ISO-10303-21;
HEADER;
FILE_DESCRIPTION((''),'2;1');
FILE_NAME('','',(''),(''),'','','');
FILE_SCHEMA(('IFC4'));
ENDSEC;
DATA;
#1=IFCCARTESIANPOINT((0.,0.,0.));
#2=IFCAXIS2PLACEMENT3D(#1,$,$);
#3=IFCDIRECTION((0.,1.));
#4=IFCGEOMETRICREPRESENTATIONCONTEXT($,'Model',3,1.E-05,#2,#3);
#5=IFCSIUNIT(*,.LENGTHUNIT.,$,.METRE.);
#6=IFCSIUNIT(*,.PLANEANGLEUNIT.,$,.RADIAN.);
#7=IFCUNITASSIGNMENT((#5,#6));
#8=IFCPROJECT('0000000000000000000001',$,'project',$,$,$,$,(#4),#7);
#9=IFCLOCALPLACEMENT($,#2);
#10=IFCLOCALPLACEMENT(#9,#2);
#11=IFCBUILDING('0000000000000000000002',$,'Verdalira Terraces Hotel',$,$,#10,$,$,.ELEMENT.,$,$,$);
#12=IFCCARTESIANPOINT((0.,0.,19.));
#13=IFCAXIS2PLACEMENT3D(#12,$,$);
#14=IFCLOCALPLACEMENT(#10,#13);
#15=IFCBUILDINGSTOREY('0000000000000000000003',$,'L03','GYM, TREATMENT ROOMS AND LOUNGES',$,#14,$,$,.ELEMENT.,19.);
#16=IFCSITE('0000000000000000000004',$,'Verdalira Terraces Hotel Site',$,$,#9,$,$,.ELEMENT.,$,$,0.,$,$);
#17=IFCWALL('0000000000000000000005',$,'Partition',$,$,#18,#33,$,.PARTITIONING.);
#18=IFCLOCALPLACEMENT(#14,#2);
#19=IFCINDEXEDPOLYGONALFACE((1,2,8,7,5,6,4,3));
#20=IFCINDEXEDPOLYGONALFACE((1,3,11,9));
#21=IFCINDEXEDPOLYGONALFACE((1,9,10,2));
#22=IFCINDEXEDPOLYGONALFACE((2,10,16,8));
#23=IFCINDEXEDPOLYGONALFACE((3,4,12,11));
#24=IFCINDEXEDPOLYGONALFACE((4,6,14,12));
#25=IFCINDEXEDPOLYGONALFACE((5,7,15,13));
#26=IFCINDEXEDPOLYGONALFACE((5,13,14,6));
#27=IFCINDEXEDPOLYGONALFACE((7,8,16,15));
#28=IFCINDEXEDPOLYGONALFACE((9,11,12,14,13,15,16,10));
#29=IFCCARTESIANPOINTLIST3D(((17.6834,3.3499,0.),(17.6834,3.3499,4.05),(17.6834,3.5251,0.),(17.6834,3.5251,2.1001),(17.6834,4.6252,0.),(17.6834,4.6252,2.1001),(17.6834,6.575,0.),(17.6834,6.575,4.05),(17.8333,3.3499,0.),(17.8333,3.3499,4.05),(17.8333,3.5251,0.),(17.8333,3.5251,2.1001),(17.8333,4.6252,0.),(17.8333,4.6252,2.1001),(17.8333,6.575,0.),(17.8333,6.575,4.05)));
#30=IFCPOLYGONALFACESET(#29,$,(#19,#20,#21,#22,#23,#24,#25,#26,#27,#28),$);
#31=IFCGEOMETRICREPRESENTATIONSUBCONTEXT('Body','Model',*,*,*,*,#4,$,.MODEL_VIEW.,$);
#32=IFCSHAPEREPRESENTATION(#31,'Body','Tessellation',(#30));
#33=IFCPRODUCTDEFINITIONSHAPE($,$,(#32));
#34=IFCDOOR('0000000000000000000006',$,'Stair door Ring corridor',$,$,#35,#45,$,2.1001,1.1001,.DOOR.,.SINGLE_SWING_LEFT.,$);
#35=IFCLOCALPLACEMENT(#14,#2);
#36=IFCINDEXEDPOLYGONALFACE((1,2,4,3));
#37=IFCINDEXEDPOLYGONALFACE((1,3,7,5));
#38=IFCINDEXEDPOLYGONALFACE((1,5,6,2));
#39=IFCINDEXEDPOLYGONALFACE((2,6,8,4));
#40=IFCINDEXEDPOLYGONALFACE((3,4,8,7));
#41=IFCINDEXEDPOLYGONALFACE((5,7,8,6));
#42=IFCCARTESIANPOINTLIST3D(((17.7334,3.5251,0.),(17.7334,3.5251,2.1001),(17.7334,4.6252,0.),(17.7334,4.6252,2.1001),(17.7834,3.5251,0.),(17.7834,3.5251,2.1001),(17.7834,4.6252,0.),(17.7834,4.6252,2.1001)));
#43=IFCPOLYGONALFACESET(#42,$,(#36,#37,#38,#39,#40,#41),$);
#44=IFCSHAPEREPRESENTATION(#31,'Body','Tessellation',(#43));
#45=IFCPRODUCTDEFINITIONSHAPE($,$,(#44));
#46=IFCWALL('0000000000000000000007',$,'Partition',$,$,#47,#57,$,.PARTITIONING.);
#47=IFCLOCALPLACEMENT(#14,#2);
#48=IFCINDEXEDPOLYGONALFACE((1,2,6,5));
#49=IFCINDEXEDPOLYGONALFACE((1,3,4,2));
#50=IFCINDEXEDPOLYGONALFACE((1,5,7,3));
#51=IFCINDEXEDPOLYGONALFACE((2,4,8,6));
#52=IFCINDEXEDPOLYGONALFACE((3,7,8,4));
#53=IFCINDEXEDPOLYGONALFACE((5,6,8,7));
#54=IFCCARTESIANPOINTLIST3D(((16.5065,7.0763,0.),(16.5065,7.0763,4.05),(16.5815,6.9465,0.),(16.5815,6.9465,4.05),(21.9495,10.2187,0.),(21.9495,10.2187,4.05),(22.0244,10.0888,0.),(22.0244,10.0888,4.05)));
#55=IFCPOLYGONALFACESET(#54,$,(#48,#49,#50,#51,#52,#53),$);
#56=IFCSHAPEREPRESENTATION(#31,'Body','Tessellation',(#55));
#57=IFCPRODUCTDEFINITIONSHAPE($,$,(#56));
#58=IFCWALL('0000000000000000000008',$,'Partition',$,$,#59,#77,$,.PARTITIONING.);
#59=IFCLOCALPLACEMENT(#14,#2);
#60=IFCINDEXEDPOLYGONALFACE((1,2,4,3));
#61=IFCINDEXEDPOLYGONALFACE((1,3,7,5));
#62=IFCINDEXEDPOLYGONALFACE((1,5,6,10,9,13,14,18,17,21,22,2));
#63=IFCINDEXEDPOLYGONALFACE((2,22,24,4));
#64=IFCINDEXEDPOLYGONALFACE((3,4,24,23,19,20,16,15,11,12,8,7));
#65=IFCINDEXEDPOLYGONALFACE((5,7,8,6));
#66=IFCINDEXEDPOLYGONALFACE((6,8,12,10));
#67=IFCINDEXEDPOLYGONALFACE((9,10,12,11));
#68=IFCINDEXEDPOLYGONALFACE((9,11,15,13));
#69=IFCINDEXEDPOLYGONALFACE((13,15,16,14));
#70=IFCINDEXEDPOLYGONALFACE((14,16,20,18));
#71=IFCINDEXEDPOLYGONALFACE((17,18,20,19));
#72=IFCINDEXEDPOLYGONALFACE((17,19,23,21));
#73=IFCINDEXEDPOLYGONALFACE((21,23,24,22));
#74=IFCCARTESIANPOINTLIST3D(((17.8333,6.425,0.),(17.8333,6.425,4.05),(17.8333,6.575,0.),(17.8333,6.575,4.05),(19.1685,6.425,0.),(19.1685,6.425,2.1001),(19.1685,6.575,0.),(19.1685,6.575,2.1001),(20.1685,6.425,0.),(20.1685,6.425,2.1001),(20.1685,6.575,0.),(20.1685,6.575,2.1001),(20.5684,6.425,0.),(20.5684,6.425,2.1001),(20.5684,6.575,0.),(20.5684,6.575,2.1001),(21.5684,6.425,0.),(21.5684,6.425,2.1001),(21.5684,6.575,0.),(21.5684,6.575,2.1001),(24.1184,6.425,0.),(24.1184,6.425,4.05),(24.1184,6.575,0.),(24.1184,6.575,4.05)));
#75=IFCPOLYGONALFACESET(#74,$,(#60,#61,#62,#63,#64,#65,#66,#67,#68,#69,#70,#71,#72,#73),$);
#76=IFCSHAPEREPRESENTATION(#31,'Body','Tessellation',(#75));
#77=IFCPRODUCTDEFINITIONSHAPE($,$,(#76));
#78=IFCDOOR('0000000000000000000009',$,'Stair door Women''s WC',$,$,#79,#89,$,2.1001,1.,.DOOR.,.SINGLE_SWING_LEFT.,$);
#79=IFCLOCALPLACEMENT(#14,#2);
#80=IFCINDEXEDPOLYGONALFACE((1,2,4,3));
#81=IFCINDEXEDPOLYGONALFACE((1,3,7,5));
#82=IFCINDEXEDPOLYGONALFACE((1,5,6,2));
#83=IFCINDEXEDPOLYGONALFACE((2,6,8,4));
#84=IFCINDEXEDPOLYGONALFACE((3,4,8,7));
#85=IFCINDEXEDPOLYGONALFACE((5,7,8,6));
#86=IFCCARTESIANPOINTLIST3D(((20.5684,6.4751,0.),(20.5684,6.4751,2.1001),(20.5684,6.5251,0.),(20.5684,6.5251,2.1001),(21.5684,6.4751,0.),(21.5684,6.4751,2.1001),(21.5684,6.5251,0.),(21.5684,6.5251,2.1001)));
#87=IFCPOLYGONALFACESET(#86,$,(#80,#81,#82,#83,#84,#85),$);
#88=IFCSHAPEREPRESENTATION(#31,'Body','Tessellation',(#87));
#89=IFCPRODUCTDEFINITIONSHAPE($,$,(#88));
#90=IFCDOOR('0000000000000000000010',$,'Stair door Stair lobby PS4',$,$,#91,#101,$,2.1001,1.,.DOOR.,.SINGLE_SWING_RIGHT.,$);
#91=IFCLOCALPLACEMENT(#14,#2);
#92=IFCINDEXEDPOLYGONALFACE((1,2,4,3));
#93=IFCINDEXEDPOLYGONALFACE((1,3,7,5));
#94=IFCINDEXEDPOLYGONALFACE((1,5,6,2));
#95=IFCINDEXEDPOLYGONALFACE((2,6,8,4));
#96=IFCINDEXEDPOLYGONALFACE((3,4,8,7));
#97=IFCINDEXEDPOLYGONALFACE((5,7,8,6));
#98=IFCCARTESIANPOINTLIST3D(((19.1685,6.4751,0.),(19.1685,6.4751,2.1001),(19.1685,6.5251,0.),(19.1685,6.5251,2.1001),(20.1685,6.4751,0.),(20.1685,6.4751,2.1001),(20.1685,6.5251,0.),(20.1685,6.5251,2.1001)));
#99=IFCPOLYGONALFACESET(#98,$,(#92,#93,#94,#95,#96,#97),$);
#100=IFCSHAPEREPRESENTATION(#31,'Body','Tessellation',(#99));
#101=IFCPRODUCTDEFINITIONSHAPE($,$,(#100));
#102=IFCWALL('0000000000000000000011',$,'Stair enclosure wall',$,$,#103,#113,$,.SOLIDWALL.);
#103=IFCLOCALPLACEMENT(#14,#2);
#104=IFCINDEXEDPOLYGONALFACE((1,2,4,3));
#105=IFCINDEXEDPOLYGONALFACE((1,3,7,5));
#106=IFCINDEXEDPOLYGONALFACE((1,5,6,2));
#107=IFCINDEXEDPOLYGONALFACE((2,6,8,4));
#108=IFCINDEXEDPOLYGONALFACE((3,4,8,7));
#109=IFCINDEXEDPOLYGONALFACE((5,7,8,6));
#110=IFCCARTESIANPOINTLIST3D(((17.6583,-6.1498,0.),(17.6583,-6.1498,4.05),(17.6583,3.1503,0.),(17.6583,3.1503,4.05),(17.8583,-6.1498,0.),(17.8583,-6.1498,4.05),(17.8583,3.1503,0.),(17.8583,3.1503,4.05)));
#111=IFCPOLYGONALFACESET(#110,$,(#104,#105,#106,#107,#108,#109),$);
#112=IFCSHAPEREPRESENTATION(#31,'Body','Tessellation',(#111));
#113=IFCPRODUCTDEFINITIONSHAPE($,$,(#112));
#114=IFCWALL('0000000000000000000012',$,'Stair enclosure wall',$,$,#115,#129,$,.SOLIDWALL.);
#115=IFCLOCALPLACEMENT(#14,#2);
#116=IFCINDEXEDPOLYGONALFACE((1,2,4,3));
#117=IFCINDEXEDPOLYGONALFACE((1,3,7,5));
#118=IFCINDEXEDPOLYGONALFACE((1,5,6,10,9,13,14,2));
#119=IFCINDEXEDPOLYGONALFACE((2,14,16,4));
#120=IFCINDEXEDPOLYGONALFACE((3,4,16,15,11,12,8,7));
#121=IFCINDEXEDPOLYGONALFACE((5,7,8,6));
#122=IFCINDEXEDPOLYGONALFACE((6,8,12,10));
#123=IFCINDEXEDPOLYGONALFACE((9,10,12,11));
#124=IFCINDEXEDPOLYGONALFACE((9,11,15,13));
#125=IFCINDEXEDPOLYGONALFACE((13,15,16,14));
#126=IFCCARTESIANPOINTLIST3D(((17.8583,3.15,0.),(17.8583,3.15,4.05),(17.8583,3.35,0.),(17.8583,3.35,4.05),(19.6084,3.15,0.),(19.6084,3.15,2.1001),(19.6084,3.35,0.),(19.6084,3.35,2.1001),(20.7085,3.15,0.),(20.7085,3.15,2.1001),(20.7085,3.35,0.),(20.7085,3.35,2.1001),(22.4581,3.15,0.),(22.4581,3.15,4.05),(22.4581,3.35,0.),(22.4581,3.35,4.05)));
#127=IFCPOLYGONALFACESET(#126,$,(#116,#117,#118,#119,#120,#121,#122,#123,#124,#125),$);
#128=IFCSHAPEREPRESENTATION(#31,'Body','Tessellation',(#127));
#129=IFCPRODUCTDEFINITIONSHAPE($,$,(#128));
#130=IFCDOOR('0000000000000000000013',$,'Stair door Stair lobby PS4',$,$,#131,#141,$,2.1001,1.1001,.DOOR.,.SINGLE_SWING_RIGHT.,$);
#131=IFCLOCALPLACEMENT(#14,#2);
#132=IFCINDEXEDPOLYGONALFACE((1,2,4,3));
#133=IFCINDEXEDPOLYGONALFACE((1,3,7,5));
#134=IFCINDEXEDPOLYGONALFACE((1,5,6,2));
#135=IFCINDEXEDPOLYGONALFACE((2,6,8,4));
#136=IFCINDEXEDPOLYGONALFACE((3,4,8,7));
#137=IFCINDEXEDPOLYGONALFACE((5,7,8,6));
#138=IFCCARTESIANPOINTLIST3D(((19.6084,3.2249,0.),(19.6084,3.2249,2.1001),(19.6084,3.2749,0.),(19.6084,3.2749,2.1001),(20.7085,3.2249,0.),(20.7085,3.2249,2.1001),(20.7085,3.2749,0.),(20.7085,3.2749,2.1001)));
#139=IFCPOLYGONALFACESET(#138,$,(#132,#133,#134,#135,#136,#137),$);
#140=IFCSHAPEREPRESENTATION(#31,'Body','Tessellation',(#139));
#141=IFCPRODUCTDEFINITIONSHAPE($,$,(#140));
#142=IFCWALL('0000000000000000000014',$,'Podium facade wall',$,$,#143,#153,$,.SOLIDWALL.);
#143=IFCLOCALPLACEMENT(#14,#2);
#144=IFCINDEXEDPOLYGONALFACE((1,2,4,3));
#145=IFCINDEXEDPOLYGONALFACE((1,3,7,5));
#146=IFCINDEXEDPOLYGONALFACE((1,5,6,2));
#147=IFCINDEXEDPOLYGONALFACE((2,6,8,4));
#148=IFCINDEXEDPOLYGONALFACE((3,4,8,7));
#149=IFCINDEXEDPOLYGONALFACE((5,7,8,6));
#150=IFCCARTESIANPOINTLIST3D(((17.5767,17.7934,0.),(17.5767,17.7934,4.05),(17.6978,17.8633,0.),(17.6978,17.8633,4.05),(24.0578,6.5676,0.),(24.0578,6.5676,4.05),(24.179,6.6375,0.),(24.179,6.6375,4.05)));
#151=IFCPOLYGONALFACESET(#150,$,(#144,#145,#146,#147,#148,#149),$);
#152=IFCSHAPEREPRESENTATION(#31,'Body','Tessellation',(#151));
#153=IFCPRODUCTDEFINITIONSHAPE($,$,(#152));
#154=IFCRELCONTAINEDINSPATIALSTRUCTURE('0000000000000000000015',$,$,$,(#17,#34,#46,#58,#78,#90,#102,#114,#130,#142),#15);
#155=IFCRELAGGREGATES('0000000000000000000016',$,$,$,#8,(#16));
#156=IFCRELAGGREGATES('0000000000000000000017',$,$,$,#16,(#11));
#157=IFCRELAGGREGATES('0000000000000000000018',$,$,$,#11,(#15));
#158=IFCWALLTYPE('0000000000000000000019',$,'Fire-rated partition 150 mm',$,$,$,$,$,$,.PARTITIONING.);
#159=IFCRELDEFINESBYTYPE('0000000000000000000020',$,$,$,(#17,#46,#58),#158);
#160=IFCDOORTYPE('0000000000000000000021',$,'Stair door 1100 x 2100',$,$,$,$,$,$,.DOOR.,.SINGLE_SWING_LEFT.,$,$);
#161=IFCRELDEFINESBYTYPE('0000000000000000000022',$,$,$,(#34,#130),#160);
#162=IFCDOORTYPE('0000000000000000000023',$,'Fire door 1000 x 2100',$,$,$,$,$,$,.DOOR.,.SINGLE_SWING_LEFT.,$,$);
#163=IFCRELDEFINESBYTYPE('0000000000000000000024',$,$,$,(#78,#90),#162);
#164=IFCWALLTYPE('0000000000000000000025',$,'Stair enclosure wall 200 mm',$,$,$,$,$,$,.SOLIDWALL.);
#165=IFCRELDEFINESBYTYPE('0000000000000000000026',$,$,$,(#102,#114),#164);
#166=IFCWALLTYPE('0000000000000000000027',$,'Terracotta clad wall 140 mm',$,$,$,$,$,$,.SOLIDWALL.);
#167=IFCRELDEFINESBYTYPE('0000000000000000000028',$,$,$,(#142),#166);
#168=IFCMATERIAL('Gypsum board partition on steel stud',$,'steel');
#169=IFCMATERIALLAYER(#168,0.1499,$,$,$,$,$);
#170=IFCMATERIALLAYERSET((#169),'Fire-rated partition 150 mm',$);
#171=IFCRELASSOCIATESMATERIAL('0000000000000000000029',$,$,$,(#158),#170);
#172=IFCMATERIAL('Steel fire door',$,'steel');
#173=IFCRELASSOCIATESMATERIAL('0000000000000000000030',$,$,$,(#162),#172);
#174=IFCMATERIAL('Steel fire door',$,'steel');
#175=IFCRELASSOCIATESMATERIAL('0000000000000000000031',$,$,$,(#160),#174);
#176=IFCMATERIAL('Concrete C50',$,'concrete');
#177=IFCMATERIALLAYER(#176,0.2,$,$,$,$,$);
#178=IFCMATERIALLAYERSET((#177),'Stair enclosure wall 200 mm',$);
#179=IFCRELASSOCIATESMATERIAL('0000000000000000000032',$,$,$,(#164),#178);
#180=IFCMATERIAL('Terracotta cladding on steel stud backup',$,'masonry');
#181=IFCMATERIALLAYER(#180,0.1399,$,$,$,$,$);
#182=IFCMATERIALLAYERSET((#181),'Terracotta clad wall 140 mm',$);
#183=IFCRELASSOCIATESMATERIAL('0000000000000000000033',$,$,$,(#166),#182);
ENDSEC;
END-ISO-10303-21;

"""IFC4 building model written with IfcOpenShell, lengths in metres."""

from ifc_helpers import new_model, si_unit, direction, frame, frame_2d, origin, place, context, subcontext, project, spatial, rectangle, extrude, material, layer, layer_set, type_object, element, fill, save


model = new_model("IFC4")

# Units and contexts
model_context = context("Model", 3, precision=1e-05, world=origin(), true_north=direction((0.0, 1.0)))
body_context = subcontext(model_context, "Body", "Model", "MODEL_VIEW")
ifc_project = project(units=[si_unit("LENGTHUNIT", "METRE"), si_unit("PLANEANGLEUNIT", "RADIAN")], contexts=[model_context])

# Site, building, storey
site_placement = place(None, origin())
site = spatial("IfcSite", under=ifc_project, at=site_placement, Name="Verdalira Terraces Hotel Site", CompositionType="ELEMENT", RefElevation=0.0)
building_placement = place(site_placement, origin())
building = spatial("IfcBuilding", under=site, at=building_placement, Name="Verdalira Terraces Hotel", CompositionType="ELEMENT")
storey_placement = place(building_placement, frame((0.0, 0.0, 19.0)))
storey = spatial("IfcBuildingStorey", under=building, at=storey_placement, Name="L03", Description="GYM, TREATMENT ROOMS AND LOUNGES", CompositionType="ELEMENT", Elevation=19.0)

# Shared definitions
ifc_material_1 = material(Name="Gypsum board partition on steel stud", Category="steel")
ifc_layer_1 = layer(ifc_material_1, 0.1499)
ifc_layer_set_1 = layer_set([ifc_layer_1], Name="Fire-rated partition 150 mm")
wall_type_1 = type_object("IfcWallType", Name="Fire-rated partition 150 mm", PredefinedType="PARTITIONING", material=ifc_layer_set_1)
ifc_material_2 = material(Name="Steel fire door", Category="steel")
door_type_1 = type_object("IfcDoorType", Name="Fire door 1000 x 2100", OperationType="SINGLE_SWING_LEFT", PredefinedType="DOOR", material=ifc_material_2)

# Wall, opening, door
wall_1_placement = place(storey_placement, frame((17.7583, 3.3499, 0.0), z_axis=(0.0, 0.0, 1.0), x_axis=(0.0, 1.0, 0.0)))
wall_1 = element("IfcWall", 1, at=wall_1_placement, inside=storey, type_object=wall_type_1, Name="Partition", PredefinedType="PARTITIONING", context=body_context, shape_type="SweptSolid", body=[
    extrude(rectangle(XDim=3.2251, YDim=0.1499, at=frame_2d((1.6125, 0.0))), origin(), (0.0, 0.0, 1.0), 4.05),
])
opening_1_placement = place(wall_1_placement, frame((0.1753, 0.0, 0.0)))
opening_1 = element("IfcOpeningElement", 2, at=opening_1_placement, cuts=wall_1, PredefinedType="OPENING", context=body_context, shape_type="SweptSolid", body=[
    extrude(rectangle(XDim=1.1001, YDim=2.1001, at=frame_2d((0.55, 1.05))), frame((0.0, 0.085, 0.0), z_axis=(0.0, -1.0, 0.0), x_axis=(1.0, 0.0, 0.0)), (0.0, 0.0, 1.0), 0.1699),
])
ifc_material_3 = material(Name="Steel fire door", Category="steel")
door_type_2 = type_object("IfcDoorType", Name="Stair door 1100 x 2100", OperationType="SINGLE_SWING_LEFT", PredefinedType="DOOR", material=ifc_material_3)
door_1_placement = place(opening_1_placement, origin())
door_1 = element("IfcDoor", 3, at=door_1_placement, inside=storey, type_object=door_type_2, Name="Stair door Ring corridor", OperationType="SINGLE_SWING_LEFT", OverallHeight=2.1001, OverallWidth=1.1001, PredefinedType="DOOR", context=body_context, shape_type="SweptSolid", body=[
    extrude(rectangle(XDim=1.1001, YDim=2.1001, at=frame_2d((0.55, 1.05))), frame((0.0, 0.0249, 0.0), z_axis=(0.0, -1.0, 0.0), x_axis=(1.0, 0.0, 0.0)), (0.0, 0.0, 1.0), 0.05),
])
fill(opening_1, door_1)

# Wall
wall_2_placement = place(storey_placement, frame((21.9871, 10.1538, 0.0), z_axis=(0.0, 0.0, 1.0), x_axis=(-0.866033, -0.499987, 0.0)))
element("IfcWall", 4, at=wall_2_placement, inside=storey, type_object=wall_type_1, Name="Partition", PredefinedType="PARTITIONING", context=body_context, shape_type="SweptSolid", body=[
    extrude(rectangle(XDim=6.2849, YDim=0.1499, at=frame_2d((3.1426, 0.0))), origin(), (0.0, 0.0, 1.0), 4.05),
])

# Wall, openings, doors
wall_3_placement = place(storey_placement, frame((24.1184, 6.5, 0.0), z_axis=(0.0, 0.0, 1.0), x_axis=(-1.0, 0.0, 0.0)))
wall_3 = element("IfcWall", 5, at=wall_3_placement, inside=storey, type_object=wall_type_1, Name="Partition", PredefinedType="PARTITIONING", context=body_context, shape_type="SweptSolid", body=[
    extrude(rectangle(XDim=6.2852, YDim=0.1499, at=frame_2d((3.1426, 0.0))), origin(), (0.0, 0.0, 1.0), 4.05),
])
opening_2_placement = place(wall_3_placement, frame((2.55, 0.0, 0.0)))
opening_2 = element("IfcOpeningElement", 6, at=opening_2_placement, cuts=wall_3, PredefinedType="OPENING", context=body_context, shape_type="SweptSolid", body=[
    extrude(rectangle(XDim=1.0, YDim=2.1001, at=frame_2d((0.5, 1.05))), frame((0.0, 0.085, 0.0), z_axis=(0.0, -1.0, 0.0), x_axis=(1.0, 0.0, 0.0)), (0.0, 0.0, 1.0), 0.1699),
])
opening_3_placement = place(wall_3_placement, frame((3.95, 0.0, 0.0)))
opening_3 = element("IfcOpeningElement", 7, at=opening_3_placement, cuts=wall_3, PredefinedType="OPENING", context=body_context, shape_type="SweptSolid", body=[
    extrude(rectangle(XDim=1.0, YDim=2.1001, at=frame_2d((0.5, 1.05))), frame((0.0, 0.085, 0.0), z_axis=(0.0, -1.0, 0.0), x_axis=(1.0, 0.0, 0.0)), (0.0, 0.0, 1.0), 0.1699),
])
door_2_placement = place(opening_2_placement, origin())
door_2 = element("IfcDoor", 8, at=door_2_placement, inside=storey, type_object=door_type_1, Name="Stair door Women's WC", OperationType="SINGLE_SWING_LEFT", OverallHeight=2.1001, OverallWidth=1.0, PredefinedType="DOOR", context=body_context, shape_type="SweptSolid", body=[
    extrude(rectangle(XDim=1.0, YDim=2.1001, at=frame_2d((0.5, 1.05))), frame((0.0, 0.0249, 0.0), z_axis=(0.0, -1.0, 0.0), x_axis=(1.0, 0.0, 0.0)), (0.0, 0.0, 1.0), 0.05),
])
fill(opening_2, door_2)
door_3_placement = place(opening_3_placement, origin())
door_3 = element("IfcDoor", 9, at=door_3_placement, inside=storey, type_object=door_type_1, Name="Stair door Stair lobby PS4", OperationType="SINGLE_SWING_RIGHT", OverallHeight=2.1001, OverallWidth=1.0, PredefinedType="DOOR", context=body_context, shape_type="SweptSolid", body=[
    extrude(rectangle(XDim=1.0, YDim=2.1001, at=frame_2d((0.5, 1.05))), frame((0.0, 0.0249, 0.0), z_axis=(0.0, -1.0, 0.0), x_axis=(1.0, 0.0, 0.0)), (0.0, 0.0, 1.0), 0.05),
])
fill(opening_3, door_3)

# Wall
ifc_material_4 = material(Name="Concrete C50", Category="concrete")
ifc_layer_2 = layer(ifc_material_4, 0.2)
ifc_layer_set_2 = layer_set([ifc_layer_2], Name="Stair enclosure wall 200 mm")
wall_type_2 = type_object("IfcWallType", Name="Stair enclosure wall 200 mm", PredefinedType="SOLIDWALL", material=ifc_layer_set_2)
wall_4_placement = place(storey_placement, frame((17.7583, 3.1501, 0.0), z_axis=(0.0, 0.0, 1.0), x_axis=(0.0, -1.0, 0.0)))
element("IfcWall", 10, at=wall_4_placement, inside=storey, type_object=wall_type_2, Name="Stair enclosure wall", PredefinedType="SOLIDWALL", context=body_context, shape_type="SweptSolid", body=[
    extrude(rectangle(XDim=9.3, YDim=0.2, at=frame_2d((4.6499, 0.0))), origin(), (0.0, 0.0, 1.0), 4.05),
])

# Wall, opening, door
wall_5_placement = place(storey_placement, frame((17.8584, 3.25, 0.0), z_axis=(0.0, 0.0, 1.0), x_axis=(1.0, 0.0, 0.0)))
wall_5 = element("IfcWall", 11, at=wall_5_placement, inside=storey, type_object=wall_type_2, Name="Stair enclosure wall", PredefinedType="SOLIDWALL", context=body_context, shape_type="SweptSolid", body=[
    extrude(rectangle(XDim=4.5999, YDim=0.2, at=frame_2d((2.2998, 0.0))), origin(), (0.0, 0.0, 1.0), 4.05),
])
opening_4_placement = place(wall_5_placement, frame((1.75, 0.0, 0.0)))
opening_4 = element("IfcOpeningElement", 12, at=opening_4_placement, cuts=wall_5, PredefinedType="OPENING", context=body_context, shape_type="SweptSolid", body=[
    extrude(rectangle(XDim=1.1001, YDim=2.1001, at=frame_2d((0.55, 1.05))), frame((0.0, 0.1099, 0.0), z_axis=(0.0, -1.0, 0.0), x_axis=(1.0, 0.0, 0.0)), (0.0, 0.0, 1.0), 0.22),
])
door_4_placement = place(opening_4_placement, origin())
door_4 = element("IfcDoor", 13, at=door_4_placement, inside=storey, type_object=door_type_2, Name="Stair door Stair lobby PS4", OperationType="SINGLE_SWING_RIGHT", OverallHeight=2.1001, OverallWidth=1.1001, PredefinedType="DOOR", context=body_context, shape_type="SweptSolid", body=[
    extrude(rectangle(XDim=1.1001, YDim=2.1001, at=frame_2d((0.55, 1.05))), frame((0.0, 0.0249, 0.0), z_axis=(0.0, -1.0, 0.0), x_axis=(1.0, 0.0, 0.0)), (0.0, 0.0, 1.0), 0.05),
])
fill(opening_4, door_4)

# Wall
ifc_material_5 = material(Name="Terracotta cladding on steel stud backup", Category="masonry")
ifc_layer_3 = layer(ifc_material_5, 0.1399)
ifc_layer_set_3 = layer_set([ifc_layer_3], Name="Terracotta clad wall 140 mm")
wall_type_3 = type_object("IfcWallType", Name="Terracotta clad wall 140 mm", PredefinedType="SOLIDWALL", material=ifc_layer_set_3)
wall_6_placement = place(storey_placement, frame((24.1184, 6.6025, 0.0), z_axis=(0.0, 0.0, 1.0), x_axis=(-0.499998, 0.866027, 0.0)))
element("IfcWall", 14, at=wall_6_placement, inside=storey, type_object=wall_type_3, Name="Podium facade wall", PredefinedType="SOLIDWALL", context=body_context, shape_type="SweptSolid", body=[
    extrude(rectangle(XDim=12.9624, YDim=0.1399, at=frame_2d((6.4812, 0.0))), origin(), (0.0, 0.0, 1.0), 4.05),
])

save(model, "model.ifc")
